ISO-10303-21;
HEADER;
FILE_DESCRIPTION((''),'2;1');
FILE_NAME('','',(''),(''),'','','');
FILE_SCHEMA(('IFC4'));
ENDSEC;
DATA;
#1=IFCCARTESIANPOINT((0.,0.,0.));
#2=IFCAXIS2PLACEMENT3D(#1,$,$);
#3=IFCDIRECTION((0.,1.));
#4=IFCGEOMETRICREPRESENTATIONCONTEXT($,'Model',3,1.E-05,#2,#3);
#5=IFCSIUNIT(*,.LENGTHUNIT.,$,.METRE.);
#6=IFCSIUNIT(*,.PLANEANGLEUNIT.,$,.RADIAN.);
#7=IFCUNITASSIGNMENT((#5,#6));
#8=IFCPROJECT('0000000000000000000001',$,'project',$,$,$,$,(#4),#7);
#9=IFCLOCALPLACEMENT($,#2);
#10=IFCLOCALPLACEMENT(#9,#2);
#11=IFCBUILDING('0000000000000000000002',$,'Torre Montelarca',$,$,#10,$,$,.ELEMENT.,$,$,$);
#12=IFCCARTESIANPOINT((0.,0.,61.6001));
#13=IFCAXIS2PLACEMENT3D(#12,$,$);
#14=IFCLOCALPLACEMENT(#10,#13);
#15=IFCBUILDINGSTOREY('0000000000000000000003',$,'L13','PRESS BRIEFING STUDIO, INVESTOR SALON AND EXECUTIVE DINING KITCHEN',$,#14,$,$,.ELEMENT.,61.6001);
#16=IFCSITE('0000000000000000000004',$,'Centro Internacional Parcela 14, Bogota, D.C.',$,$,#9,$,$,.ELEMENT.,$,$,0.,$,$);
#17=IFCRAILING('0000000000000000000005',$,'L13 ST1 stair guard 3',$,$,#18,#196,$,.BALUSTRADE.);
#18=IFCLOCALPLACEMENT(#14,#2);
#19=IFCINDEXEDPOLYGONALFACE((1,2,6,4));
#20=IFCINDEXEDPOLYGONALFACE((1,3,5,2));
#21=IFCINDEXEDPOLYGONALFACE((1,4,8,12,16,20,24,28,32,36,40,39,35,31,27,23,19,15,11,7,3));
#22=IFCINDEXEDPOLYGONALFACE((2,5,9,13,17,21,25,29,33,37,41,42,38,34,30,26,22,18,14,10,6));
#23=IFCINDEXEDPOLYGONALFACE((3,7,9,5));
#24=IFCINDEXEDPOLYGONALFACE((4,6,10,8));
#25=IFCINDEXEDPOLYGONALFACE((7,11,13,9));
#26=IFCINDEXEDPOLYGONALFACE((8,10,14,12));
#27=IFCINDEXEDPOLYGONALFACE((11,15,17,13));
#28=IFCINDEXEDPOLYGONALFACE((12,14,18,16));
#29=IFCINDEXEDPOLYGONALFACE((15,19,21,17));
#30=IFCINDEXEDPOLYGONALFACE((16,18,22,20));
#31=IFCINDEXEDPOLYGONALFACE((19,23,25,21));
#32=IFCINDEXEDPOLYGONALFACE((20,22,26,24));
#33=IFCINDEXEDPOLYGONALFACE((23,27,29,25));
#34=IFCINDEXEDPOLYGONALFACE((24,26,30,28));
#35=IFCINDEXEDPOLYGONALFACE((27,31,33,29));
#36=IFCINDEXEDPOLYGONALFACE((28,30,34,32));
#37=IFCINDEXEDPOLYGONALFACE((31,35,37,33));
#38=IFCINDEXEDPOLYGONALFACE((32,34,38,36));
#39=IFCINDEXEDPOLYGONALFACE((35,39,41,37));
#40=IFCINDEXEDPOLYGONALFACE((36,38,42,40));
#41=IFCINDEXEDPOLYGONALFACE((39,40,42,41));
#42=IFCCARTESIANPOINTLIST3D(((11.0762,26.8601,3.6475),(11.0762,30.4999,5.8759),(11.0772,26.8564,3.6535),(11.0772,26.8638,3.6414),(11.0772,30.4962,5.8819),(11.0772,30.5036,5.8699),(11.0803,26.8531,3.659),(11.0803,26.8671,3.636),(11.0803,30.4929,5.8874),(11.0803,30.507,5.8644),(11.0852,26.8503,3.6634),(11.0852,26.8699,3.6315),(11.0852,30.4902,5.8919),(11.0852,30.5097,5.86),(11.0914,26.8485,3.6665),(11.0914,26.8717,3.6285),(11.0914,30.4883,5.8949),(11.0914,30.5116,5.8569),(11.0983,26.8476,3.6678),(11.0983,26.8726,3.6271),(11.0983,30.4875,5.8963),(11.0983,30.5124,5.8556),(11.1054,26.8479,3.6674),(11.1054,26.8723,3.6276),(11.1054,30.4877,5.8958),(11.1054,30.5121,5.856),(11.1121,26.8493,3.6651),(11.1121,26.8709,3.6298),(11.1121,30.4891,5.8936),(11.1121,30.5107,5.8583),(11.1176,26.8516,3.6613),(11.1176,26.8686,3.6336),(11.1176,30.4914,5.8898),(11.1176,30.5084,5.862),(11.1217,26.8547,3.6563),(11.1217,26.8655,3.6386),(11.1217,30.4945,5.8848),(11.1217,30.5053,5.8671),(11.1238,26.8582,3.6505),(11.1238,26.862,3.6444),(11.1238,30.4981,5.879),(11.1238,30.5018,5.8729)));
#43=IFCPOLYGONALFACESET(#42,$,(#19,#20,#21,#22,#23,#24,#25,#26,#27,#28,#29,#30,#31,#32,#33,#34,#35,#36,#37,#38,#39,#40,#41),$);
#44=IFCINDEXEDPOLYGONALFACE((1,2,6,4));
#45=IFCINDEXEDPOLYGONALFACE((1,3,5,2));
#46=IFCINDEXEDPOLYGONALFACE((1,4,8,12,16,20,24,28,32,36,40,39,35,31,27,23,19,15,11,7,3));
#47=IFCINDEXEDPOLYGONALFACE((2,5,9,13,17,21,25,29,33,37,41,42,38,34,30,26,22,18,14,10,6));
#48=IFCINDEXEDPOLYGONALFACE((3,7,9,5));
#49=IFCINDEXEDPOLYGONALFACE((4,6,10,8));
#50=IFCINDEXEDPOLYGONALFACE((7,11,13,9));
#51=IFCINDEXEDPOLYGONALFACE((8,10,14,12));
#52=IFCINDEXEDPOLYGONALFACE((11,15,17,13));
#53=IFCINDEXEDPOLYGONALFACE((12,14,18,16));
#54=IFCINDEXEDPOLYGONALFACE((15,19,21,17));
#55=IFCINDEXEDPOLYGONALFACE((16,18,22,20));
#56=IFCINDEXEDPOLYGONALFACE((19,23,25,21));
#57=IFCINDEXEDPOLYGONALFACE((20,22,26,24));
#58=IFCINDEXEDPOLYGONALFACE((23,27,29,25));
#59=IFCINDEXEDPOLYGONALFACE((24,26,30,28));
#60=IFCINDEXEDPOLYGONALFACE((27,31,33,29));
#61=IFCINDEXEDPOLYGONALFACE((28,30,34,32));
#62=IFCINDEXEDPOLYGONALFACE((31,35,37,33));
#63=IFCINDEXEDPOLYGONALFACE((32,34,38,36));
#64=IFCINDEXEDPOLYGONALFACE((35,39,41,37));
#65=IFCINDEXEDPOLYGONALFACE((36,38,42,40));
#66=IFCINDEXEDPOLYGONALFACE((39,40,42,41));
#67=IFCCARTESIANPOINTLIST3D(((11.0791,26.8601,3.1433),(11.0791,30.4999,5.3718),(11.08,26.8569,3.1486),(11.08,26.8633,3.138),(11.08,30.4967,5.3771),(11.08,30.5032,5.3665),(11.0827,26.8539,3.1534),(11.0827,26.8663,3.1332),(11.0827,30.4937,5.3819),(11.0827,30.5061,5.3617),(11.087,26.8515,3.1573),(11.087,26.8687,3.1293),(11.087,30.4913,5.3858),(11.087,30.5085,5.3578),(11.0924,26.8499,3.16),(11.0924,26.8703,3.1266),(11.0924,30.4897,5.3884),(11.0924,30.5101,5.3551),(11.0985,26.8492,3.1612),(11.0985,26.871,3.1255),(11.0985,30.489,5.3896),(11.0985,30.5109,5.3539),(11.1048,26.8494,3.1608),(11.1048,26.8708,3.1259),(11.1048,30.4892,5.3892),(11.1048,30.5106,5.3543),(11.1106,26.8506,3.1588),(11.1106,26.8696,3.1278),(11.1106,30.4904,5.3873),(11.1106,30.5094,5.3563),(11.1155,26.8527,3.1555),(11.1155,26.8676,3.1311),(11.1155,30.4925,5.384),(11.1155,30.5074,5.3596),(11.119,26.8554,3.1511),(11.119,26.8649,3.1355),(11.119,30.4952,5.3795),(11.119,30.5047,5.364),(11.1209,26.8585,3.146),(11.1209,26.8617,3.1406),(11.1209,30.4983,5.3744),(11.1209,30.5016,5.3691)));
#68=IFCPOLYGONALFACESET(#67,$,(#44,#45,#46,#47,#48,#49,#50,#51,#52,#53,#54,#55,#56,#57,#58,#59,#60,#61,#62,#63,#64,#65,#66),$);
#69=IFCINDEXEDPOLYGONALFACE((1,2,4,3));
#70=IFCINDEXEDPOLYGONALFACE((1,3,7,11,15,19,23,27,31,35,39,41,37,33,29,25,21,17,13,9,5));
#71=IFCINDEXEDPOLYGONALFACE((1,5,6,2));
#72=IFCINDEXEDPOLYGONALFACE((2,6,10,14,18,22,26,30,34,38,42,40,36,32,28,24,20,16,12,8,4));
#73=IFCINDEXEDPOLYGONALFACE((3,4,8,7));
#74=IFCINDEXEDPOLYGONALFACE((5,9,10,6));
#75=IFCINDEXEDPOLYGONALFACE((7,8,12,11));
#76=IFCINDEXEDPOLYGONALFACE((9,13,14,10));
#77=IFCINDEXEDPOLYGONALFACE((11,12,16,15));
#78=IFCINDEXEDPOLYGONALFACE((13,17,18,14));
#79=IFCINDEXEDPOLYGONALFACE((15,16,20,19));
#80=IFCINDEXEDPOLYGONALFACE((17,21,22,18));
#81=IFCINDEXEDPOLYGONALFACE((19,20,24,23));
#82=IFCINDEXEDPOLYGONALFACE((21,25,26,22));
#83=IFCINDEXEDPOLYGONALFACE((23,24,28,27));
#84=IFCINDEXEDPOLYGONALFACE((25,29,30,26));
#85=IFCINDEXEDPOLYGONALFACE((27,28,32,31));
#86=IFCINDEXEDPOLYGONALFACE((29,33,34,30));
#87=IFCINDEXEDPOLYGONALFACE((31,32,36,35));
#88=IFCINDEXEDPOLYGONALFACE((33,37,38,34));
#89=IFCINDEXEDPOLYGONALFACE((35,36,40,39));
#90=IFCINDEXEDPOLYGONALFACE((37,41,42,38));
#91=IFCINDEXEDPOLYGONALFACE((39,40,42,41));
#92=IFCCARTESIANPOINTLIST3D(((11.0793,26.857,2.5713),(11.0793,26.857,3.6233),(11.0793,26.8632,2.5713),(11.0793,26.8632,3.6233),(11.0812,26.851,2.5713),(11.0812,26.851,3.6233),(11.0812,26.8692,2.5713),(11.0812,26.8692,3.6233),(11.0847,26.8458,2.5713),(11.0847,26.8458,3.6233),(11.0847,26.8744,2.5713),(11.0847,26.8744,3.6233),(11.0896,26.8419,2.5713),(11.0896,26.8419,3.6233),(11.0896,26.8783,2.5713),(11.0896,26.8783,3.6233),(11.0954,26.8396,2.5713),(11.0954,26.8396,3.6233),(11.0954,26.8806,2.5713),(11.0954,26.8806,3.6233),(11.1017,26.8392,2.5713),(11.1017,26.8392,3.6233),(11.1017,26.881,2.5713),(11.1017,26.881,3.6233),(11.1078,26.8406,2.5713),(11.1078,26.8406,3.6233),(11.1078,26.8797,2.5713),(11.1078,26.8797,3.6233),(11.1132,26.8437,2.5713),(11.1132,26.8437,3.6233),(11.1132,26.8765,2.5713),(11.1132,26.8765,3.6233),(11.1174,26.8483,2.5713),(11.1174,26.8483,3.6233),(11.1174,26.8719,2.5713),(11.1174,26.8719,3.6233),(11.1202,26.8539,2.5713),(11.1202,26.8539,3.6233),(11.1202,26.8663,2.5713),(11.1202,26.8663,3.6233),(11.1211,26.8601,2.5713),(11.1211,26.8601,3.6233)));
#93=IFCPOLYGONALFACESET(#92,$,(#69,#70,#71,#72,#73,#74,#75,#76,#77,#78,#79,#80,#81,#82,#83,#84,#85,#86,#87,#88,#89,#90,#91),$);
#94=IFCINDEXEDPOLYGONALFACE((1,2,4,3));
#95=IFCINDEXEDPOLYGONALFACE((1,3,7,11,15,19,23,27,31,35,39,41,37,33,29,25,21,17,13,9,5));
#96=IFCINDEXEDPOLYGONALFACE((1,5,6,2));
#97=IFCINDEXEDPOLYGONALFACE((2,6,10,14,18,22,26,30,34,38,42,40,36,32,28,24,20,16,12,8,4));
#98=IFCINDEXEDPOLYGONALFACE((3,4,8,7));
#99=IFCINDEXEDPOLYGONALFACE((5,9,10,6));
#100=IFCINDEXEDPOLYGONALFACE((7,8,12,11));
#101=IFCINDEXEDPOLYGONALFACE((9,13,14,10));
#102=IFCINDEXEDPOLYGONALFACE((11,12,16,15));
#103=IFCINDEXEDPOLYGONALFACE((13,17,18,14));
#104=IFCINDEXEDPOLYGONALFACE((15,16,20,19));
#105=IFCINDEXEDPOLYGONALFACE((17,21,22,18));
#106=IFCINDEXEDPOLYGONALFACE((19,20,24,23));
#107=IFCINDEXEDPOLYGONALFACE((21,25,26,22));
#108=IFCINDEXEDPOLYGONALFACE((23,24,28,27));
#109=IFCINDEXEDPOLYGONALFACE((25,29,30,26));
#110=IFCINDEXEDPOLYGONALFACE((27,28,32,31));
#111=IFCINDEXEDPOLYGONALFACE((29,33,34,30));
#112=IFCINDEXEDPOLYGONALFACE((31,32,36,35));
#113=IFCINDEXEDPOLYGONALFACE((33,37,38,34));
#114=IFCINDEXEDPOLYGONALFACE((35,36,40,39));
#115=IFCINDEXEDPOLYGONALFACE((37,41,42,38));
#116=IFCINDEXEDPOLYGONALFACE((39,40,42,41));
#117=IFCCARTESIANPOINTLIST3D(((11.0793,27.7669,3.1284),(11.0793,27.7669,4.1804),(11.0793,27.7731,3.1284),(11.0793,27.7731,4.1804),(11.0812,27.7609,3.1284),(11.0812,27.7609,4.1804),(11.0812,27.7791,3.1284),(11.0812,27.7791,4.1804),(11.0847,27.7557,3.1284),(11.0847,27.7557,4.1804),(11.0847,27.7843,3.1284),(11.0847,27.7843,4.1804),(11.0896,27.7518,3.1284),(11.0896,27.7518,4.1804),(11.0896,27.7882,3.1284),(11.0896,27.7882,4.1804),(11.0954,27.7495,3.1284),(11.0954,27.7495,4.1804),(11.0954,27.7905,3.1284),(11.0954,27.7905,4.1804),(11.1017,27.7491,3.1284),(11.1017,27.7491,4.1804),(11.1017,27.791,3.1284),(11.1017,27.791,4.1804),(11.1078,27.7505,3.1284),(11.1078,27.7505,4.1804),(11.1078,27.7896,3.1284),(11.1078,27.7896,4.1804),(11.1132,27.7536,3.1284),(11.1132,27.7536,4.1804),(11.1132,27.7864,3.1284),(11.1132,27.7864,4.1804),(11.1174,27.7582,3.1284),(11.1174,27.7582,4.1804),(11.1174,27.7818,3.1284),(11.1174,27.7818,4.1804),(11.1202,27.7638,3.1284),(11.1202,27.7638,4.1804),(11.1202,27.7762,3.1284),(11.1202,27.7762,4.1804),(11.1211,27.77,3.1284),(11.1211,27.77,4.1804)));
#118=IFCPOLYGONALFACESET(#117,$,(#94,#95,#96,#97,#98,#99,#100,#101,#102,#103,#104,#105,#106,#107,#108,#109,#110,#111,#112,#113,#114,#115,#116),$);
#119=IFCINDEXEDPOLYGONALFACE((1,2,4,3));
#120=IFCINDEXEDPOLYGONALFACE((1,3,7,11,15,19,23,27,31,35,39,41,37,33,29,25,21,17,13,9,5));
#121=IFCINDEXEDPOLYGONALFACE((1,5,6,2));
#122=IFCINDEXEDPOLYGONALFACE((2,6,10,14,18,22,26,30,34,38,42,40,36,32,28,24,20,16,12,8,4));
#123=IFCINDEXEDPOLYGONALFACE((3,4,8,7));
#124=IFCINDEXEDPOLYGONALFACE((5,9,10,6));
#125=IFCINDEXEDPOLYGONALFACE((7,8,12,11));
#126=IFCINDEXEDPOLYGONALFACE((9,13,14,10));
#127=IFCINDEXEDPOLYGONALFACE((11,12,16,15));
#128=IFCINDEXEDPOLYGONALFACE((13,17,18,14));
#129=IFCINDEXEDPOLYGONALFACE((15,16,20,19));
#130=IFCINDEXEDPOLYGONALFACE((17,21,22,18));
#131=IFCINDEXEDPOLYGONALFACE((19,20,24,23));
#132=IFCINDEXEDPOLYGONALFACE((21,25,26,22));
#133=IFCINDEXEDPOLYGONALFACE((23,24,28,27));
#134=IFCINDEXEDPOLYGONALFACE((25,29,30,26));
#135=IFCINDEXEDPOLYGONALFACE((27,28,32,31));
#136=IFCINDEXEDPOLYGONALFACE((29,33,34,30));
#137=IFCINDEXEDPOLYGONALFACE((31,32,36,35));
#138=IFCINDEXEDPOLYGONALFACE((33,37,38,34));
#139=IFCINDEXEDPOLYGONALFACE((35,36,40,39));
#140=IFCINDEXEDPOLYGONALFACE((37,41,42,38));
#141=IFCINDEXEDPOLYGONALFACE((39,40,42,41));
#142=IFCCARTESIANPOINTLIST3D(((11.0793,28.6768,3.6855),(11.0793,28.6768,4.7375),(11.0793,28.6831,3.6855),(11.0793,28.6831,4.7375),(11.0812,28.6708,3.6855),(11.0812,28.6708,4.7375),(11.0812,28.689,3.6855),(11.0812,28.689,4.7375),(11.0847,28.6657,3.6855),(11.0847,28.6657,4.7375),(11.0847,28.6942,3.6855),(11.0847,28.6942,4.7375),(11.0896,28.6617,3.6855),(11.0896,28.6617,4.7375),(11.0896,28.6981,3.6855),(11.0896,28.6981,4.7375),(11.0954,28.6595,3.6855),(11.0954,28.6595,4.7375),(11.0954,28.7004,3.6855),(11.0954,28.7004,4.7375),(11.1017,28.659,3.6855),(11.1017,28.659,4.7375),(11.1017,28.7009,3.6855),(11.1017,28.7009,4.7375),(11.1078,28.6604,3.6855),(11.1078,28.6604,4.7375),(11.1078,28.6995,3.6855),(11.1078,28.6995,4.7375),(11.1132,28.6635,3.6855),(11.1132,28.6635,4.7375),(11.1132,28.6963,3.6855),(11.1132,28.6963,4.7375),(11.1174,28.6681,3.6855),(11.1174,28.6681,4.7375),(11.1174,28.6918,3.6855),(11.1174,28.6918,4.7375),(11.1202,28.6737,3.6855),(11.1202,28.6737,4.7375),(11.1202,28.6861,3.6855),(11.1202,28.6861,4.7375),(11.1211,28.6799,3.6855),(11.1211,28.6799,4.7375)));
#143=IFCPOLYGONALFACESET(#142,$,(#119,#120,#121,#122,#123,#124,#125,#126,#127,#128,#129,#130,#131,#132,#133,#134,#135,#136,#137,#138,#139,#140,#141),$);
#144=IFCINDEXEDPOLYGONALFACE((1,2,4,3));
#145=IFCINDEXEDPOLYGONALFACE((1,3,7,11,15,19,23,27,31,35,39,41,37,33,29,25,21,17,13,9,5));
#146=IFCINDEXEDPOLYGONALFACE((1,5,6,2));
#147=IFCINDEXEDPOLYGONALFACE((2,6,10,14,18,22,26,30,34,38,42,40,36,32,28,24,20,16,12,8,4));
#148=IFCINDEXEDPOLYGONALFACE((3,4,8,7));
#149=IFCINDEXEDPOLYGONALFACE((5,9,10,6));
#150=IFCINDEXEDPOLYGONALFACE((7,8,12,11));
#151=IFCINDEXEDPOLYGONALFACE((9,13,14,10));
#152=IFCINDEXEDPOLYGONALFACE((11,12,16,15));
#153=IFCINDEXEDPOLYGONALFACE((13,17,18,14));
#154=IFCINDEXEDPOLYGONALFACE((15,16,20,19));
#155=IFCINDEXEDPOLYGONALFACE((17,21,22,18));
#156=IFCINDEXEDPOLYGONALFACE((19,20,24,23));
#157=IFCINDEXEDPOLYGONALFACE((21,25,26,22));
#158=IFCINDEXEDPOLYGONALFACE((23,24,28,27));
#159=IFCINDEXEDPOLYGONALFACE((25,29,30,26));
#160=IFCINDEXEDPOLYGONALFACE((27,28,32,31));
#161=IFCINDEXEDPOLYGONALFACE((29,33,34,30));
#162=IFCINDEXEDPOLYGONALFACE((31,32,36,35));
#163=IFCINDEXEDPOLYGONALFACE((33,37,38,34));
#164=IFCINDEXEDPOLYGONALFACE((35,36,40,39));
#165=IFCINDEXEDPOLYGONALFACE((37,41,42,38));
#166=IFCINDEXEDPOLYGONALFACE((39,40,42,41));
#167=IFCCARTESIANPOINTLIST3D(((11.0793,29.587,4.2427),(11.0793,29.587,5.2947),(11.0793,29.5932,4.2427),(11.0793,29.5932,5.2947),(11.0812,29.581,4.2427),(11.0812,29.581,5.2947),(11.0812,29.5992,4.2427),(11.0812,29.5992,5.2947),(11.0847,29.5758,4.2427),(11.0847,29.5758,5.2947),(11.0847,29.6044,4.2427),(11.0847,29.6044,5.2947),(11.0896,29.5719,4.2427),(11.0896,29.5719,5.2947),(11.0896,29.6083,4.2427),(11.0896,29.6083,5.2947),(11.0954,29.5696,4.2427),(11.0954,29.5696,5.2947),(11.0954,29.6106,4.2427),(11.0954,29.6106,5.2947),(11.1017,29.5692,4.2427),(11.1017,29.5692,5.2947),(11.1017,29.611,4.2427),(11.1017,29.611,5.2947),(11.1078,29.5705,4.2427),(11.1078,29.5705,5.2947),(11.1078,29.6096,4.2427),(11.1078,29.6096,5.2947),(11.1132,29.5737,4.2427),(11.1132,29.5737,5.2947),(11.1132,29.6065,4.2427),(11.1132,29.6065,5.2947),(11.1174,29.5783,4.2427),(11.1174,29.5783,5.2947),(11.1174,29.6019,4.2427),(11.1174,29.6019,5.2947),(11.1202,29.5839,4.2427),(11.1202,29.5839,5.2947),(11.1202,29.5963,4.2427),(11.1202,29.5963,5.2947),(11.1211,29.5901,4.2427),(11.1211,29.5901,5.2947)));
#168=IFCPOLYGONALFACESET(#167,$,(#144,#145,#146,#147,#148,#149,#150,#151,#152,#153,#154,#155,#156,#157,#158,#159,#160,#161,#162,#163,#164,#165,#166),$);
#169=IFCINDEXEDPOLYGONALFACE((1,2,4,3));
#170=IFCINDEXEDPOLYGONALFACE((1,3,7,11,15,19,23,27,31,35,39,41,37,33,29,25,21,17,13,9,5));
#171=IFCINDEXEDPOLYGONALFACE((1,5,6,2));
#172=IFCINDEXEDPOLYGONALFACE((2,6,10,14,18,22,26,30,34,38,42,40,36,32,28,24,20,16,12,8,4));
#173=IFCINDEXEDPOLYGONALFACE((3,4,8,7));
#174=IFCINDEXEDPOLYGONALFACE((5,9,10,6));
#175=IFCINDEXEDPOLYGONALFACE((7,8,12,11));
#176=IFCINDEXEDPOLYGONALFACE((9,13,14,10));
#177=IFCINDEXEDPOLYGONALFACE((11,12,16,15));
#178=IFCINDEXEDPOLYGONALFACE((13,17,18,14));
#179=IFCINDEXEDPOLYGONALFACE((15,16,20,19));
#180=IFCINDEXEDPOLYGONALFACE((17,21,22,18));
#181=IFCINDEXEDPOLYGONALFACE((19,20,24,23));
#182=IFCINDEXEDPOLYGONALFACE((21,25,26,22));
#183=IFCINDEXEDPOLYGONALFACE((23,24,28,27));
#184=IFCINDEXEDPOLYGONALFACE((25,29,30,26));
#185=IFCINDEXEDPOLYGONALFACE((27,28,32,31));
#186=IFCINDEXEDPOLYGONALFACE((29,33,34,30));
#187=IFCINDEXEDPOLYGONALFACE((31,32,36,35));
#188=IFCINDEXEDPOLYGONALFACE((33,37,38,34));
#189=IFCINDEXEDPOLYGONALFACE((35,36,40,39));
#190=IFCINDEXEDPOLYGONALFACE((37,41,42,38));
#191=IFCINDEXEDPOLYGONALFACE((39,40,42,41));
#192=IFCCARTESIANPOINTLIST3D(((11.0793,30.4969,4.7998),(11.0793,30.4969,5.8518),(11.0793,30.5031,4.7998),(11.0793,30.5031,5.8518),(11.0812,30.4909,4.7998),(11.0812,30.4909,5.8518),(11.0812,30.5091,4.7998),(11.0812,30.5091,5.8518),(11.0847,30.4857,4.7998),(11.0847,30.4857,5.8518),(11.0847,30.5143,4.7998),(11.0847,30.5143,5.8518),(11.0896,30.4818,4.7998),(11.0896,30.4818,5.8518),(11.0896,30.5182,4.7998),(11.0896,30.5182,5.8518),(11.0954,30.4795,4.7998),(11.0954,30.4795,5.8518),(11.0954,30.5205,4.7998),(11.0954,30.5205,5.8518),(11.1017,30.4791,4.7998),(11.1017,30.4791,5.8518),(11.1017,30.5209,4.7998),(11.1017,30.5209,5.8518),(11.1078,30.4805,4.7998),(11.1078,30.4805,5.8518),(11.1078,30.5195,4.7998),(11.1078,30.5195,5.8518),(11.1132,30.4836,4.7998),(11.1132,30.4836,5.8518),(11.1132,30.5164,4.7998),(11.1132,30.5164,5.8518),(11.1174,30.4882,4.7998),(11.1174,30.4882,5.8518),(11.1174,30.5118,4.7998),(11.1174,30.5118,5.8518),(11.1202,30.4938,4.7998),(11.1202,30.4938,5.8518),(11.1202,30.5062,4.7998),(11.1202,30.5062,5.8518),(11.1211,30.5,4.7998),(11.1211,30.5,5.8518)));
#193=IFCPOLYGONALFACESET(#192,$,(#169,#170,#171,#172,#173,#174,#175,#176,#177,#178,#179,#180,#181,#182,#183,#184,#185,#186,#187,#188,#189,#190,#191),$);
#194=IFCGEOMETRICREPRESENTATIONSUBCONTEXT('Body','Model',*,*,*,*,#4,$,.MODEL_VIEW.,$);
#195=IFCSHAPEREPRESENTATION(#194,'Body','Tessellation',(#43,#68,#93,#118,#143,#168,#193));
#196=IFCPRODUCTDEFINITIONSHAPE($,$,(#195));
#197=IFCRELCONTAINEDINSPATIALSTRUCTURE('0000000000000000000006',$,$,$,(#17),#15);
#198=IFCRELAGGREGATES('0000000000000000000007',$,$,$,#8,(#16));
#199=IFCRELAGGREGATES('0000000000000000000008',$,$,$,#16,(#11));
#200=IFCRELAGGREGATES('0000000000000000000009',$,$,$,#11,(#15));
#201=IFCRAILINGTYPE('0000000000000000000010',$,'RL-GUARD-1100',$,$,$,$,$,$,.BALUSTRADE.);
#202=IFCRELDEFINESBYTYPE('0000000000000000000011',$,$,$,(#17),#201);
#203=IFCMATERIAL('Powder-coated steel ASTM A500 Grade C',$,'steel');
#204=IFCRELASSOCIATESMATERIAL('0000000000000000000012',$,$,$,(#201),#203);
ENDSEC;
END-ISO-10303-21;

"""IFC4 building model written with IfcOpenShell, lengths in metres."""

from ifc_helpers import new_model, si_unit, direction, frame, origin, origin_2d, place, context, subcontext, project, spatial, circle, extrude, material, type_object, element, save


model = new_model("IFC4")

# Units and contexts
model_context = context("Model", 3, precision=1e-05, world=origin(), true_north=direction((0.0, 1.0)))
body_context = subcontext(model_context, "Body", "Model", "MODEL_VIEW")
ifc_project = project(units=[si_unit("LENGTHUNIT", "METRE"), si_unit("PLANEANGLEUNIT", "RADIAN")], contexts=[model_context])

# Site, building, storey
site_placement = place(None, origin())
site = spatial("IfcSite", under=ifc_project, at=site_placement, Name="Centro Internacional Parcela 14, Bogota, D.C.", CompositionType="ELEMENT", RefElevation=0.0)
building_placement = place(site_placement, origin())
building = spatial("IfcBuilding", under=site, at=building_placement, Name="Torre Montelarca", CompositionType="ELEMENT")
storey_placement = place(building_placement, frame((0.0, 0.0, 61.6001)))
storey = spatial("IfcBuildingStorey", under=building, at=storey_placement, Name="L13", Description="PRESS BRIEFING STUDIO, INVESTOR SALON AND EXECUTIVE DINING KITCHEN", CompositionType="ELEMENT", Elevation=61.6001)

# Railing
ifc_material_1 = material(Name="Powder-coated steel ASTM A500 Grade C", Category="steel")
railing_type_1 = type_object("IfcRailingType", Name="RL-GUARD-1100", PredefinedType="BALUSTRADE", material=ifc_material_1)
railing_1_placement = place(storey_placement, frame((11.1001, 26.8601, 2.5713)))
element("IfcRailing", 1, at=railing_1_placement, inside=storey, type_object=railing_type_1, Name="L13 ST1 stair guard 3", PredefinedType="BALUSTRADE", context=body_context, shape_type="SweptSolid", body=[
    extrude(circle(Radius=0.0239, at=origin_2d()), frame((0.0, 0.0, 1.0762), z_axis=(0.0, 0.85285, 0.522156), x_axis=(-1.0, 0.0, 0.0)), (0.0, 0.0, 1.0), 4.2678),
    extrude(circle(Radius=0.021, at=origin_2d()), frame((0.0, 0.0, 0.572), z_axis=(0.0, 0.85285, 0.522156), x_axis=(-1.0, 0.0, 0.0)), (0.0, 0.0, 1.0), 4.2678),
    extrude(circle(Radius=0.021, at=origin_2d()), origin(), (0.0, 0.0, 1.0), 1.052),
    extrude(circle(Radius=0.021, at=origin_2d()), frame((0.0, 0.9099, 0.5571)), (0.0, 0.0, 1.0), 1.052),
    extrude(circle(Radius=0.021, at=origin_2d()), frame((0.0, 1.8198, 1.1143)), (0.0, 0.0, 1.0), 1.052),
    extrude(circle(Radius=0.021, at=origin_2d()), frame((0.0, 2.73, 1.6714)), (0.0, 0.0, 1.0), 1.052),
    extrude(circle(Radius=0.021, at=origin_2d()), frame((0.0, 3.6399, 2.2285)), (0.0, 0.0, 1.0), 1.052),
])

save(model, "model.ifc")
